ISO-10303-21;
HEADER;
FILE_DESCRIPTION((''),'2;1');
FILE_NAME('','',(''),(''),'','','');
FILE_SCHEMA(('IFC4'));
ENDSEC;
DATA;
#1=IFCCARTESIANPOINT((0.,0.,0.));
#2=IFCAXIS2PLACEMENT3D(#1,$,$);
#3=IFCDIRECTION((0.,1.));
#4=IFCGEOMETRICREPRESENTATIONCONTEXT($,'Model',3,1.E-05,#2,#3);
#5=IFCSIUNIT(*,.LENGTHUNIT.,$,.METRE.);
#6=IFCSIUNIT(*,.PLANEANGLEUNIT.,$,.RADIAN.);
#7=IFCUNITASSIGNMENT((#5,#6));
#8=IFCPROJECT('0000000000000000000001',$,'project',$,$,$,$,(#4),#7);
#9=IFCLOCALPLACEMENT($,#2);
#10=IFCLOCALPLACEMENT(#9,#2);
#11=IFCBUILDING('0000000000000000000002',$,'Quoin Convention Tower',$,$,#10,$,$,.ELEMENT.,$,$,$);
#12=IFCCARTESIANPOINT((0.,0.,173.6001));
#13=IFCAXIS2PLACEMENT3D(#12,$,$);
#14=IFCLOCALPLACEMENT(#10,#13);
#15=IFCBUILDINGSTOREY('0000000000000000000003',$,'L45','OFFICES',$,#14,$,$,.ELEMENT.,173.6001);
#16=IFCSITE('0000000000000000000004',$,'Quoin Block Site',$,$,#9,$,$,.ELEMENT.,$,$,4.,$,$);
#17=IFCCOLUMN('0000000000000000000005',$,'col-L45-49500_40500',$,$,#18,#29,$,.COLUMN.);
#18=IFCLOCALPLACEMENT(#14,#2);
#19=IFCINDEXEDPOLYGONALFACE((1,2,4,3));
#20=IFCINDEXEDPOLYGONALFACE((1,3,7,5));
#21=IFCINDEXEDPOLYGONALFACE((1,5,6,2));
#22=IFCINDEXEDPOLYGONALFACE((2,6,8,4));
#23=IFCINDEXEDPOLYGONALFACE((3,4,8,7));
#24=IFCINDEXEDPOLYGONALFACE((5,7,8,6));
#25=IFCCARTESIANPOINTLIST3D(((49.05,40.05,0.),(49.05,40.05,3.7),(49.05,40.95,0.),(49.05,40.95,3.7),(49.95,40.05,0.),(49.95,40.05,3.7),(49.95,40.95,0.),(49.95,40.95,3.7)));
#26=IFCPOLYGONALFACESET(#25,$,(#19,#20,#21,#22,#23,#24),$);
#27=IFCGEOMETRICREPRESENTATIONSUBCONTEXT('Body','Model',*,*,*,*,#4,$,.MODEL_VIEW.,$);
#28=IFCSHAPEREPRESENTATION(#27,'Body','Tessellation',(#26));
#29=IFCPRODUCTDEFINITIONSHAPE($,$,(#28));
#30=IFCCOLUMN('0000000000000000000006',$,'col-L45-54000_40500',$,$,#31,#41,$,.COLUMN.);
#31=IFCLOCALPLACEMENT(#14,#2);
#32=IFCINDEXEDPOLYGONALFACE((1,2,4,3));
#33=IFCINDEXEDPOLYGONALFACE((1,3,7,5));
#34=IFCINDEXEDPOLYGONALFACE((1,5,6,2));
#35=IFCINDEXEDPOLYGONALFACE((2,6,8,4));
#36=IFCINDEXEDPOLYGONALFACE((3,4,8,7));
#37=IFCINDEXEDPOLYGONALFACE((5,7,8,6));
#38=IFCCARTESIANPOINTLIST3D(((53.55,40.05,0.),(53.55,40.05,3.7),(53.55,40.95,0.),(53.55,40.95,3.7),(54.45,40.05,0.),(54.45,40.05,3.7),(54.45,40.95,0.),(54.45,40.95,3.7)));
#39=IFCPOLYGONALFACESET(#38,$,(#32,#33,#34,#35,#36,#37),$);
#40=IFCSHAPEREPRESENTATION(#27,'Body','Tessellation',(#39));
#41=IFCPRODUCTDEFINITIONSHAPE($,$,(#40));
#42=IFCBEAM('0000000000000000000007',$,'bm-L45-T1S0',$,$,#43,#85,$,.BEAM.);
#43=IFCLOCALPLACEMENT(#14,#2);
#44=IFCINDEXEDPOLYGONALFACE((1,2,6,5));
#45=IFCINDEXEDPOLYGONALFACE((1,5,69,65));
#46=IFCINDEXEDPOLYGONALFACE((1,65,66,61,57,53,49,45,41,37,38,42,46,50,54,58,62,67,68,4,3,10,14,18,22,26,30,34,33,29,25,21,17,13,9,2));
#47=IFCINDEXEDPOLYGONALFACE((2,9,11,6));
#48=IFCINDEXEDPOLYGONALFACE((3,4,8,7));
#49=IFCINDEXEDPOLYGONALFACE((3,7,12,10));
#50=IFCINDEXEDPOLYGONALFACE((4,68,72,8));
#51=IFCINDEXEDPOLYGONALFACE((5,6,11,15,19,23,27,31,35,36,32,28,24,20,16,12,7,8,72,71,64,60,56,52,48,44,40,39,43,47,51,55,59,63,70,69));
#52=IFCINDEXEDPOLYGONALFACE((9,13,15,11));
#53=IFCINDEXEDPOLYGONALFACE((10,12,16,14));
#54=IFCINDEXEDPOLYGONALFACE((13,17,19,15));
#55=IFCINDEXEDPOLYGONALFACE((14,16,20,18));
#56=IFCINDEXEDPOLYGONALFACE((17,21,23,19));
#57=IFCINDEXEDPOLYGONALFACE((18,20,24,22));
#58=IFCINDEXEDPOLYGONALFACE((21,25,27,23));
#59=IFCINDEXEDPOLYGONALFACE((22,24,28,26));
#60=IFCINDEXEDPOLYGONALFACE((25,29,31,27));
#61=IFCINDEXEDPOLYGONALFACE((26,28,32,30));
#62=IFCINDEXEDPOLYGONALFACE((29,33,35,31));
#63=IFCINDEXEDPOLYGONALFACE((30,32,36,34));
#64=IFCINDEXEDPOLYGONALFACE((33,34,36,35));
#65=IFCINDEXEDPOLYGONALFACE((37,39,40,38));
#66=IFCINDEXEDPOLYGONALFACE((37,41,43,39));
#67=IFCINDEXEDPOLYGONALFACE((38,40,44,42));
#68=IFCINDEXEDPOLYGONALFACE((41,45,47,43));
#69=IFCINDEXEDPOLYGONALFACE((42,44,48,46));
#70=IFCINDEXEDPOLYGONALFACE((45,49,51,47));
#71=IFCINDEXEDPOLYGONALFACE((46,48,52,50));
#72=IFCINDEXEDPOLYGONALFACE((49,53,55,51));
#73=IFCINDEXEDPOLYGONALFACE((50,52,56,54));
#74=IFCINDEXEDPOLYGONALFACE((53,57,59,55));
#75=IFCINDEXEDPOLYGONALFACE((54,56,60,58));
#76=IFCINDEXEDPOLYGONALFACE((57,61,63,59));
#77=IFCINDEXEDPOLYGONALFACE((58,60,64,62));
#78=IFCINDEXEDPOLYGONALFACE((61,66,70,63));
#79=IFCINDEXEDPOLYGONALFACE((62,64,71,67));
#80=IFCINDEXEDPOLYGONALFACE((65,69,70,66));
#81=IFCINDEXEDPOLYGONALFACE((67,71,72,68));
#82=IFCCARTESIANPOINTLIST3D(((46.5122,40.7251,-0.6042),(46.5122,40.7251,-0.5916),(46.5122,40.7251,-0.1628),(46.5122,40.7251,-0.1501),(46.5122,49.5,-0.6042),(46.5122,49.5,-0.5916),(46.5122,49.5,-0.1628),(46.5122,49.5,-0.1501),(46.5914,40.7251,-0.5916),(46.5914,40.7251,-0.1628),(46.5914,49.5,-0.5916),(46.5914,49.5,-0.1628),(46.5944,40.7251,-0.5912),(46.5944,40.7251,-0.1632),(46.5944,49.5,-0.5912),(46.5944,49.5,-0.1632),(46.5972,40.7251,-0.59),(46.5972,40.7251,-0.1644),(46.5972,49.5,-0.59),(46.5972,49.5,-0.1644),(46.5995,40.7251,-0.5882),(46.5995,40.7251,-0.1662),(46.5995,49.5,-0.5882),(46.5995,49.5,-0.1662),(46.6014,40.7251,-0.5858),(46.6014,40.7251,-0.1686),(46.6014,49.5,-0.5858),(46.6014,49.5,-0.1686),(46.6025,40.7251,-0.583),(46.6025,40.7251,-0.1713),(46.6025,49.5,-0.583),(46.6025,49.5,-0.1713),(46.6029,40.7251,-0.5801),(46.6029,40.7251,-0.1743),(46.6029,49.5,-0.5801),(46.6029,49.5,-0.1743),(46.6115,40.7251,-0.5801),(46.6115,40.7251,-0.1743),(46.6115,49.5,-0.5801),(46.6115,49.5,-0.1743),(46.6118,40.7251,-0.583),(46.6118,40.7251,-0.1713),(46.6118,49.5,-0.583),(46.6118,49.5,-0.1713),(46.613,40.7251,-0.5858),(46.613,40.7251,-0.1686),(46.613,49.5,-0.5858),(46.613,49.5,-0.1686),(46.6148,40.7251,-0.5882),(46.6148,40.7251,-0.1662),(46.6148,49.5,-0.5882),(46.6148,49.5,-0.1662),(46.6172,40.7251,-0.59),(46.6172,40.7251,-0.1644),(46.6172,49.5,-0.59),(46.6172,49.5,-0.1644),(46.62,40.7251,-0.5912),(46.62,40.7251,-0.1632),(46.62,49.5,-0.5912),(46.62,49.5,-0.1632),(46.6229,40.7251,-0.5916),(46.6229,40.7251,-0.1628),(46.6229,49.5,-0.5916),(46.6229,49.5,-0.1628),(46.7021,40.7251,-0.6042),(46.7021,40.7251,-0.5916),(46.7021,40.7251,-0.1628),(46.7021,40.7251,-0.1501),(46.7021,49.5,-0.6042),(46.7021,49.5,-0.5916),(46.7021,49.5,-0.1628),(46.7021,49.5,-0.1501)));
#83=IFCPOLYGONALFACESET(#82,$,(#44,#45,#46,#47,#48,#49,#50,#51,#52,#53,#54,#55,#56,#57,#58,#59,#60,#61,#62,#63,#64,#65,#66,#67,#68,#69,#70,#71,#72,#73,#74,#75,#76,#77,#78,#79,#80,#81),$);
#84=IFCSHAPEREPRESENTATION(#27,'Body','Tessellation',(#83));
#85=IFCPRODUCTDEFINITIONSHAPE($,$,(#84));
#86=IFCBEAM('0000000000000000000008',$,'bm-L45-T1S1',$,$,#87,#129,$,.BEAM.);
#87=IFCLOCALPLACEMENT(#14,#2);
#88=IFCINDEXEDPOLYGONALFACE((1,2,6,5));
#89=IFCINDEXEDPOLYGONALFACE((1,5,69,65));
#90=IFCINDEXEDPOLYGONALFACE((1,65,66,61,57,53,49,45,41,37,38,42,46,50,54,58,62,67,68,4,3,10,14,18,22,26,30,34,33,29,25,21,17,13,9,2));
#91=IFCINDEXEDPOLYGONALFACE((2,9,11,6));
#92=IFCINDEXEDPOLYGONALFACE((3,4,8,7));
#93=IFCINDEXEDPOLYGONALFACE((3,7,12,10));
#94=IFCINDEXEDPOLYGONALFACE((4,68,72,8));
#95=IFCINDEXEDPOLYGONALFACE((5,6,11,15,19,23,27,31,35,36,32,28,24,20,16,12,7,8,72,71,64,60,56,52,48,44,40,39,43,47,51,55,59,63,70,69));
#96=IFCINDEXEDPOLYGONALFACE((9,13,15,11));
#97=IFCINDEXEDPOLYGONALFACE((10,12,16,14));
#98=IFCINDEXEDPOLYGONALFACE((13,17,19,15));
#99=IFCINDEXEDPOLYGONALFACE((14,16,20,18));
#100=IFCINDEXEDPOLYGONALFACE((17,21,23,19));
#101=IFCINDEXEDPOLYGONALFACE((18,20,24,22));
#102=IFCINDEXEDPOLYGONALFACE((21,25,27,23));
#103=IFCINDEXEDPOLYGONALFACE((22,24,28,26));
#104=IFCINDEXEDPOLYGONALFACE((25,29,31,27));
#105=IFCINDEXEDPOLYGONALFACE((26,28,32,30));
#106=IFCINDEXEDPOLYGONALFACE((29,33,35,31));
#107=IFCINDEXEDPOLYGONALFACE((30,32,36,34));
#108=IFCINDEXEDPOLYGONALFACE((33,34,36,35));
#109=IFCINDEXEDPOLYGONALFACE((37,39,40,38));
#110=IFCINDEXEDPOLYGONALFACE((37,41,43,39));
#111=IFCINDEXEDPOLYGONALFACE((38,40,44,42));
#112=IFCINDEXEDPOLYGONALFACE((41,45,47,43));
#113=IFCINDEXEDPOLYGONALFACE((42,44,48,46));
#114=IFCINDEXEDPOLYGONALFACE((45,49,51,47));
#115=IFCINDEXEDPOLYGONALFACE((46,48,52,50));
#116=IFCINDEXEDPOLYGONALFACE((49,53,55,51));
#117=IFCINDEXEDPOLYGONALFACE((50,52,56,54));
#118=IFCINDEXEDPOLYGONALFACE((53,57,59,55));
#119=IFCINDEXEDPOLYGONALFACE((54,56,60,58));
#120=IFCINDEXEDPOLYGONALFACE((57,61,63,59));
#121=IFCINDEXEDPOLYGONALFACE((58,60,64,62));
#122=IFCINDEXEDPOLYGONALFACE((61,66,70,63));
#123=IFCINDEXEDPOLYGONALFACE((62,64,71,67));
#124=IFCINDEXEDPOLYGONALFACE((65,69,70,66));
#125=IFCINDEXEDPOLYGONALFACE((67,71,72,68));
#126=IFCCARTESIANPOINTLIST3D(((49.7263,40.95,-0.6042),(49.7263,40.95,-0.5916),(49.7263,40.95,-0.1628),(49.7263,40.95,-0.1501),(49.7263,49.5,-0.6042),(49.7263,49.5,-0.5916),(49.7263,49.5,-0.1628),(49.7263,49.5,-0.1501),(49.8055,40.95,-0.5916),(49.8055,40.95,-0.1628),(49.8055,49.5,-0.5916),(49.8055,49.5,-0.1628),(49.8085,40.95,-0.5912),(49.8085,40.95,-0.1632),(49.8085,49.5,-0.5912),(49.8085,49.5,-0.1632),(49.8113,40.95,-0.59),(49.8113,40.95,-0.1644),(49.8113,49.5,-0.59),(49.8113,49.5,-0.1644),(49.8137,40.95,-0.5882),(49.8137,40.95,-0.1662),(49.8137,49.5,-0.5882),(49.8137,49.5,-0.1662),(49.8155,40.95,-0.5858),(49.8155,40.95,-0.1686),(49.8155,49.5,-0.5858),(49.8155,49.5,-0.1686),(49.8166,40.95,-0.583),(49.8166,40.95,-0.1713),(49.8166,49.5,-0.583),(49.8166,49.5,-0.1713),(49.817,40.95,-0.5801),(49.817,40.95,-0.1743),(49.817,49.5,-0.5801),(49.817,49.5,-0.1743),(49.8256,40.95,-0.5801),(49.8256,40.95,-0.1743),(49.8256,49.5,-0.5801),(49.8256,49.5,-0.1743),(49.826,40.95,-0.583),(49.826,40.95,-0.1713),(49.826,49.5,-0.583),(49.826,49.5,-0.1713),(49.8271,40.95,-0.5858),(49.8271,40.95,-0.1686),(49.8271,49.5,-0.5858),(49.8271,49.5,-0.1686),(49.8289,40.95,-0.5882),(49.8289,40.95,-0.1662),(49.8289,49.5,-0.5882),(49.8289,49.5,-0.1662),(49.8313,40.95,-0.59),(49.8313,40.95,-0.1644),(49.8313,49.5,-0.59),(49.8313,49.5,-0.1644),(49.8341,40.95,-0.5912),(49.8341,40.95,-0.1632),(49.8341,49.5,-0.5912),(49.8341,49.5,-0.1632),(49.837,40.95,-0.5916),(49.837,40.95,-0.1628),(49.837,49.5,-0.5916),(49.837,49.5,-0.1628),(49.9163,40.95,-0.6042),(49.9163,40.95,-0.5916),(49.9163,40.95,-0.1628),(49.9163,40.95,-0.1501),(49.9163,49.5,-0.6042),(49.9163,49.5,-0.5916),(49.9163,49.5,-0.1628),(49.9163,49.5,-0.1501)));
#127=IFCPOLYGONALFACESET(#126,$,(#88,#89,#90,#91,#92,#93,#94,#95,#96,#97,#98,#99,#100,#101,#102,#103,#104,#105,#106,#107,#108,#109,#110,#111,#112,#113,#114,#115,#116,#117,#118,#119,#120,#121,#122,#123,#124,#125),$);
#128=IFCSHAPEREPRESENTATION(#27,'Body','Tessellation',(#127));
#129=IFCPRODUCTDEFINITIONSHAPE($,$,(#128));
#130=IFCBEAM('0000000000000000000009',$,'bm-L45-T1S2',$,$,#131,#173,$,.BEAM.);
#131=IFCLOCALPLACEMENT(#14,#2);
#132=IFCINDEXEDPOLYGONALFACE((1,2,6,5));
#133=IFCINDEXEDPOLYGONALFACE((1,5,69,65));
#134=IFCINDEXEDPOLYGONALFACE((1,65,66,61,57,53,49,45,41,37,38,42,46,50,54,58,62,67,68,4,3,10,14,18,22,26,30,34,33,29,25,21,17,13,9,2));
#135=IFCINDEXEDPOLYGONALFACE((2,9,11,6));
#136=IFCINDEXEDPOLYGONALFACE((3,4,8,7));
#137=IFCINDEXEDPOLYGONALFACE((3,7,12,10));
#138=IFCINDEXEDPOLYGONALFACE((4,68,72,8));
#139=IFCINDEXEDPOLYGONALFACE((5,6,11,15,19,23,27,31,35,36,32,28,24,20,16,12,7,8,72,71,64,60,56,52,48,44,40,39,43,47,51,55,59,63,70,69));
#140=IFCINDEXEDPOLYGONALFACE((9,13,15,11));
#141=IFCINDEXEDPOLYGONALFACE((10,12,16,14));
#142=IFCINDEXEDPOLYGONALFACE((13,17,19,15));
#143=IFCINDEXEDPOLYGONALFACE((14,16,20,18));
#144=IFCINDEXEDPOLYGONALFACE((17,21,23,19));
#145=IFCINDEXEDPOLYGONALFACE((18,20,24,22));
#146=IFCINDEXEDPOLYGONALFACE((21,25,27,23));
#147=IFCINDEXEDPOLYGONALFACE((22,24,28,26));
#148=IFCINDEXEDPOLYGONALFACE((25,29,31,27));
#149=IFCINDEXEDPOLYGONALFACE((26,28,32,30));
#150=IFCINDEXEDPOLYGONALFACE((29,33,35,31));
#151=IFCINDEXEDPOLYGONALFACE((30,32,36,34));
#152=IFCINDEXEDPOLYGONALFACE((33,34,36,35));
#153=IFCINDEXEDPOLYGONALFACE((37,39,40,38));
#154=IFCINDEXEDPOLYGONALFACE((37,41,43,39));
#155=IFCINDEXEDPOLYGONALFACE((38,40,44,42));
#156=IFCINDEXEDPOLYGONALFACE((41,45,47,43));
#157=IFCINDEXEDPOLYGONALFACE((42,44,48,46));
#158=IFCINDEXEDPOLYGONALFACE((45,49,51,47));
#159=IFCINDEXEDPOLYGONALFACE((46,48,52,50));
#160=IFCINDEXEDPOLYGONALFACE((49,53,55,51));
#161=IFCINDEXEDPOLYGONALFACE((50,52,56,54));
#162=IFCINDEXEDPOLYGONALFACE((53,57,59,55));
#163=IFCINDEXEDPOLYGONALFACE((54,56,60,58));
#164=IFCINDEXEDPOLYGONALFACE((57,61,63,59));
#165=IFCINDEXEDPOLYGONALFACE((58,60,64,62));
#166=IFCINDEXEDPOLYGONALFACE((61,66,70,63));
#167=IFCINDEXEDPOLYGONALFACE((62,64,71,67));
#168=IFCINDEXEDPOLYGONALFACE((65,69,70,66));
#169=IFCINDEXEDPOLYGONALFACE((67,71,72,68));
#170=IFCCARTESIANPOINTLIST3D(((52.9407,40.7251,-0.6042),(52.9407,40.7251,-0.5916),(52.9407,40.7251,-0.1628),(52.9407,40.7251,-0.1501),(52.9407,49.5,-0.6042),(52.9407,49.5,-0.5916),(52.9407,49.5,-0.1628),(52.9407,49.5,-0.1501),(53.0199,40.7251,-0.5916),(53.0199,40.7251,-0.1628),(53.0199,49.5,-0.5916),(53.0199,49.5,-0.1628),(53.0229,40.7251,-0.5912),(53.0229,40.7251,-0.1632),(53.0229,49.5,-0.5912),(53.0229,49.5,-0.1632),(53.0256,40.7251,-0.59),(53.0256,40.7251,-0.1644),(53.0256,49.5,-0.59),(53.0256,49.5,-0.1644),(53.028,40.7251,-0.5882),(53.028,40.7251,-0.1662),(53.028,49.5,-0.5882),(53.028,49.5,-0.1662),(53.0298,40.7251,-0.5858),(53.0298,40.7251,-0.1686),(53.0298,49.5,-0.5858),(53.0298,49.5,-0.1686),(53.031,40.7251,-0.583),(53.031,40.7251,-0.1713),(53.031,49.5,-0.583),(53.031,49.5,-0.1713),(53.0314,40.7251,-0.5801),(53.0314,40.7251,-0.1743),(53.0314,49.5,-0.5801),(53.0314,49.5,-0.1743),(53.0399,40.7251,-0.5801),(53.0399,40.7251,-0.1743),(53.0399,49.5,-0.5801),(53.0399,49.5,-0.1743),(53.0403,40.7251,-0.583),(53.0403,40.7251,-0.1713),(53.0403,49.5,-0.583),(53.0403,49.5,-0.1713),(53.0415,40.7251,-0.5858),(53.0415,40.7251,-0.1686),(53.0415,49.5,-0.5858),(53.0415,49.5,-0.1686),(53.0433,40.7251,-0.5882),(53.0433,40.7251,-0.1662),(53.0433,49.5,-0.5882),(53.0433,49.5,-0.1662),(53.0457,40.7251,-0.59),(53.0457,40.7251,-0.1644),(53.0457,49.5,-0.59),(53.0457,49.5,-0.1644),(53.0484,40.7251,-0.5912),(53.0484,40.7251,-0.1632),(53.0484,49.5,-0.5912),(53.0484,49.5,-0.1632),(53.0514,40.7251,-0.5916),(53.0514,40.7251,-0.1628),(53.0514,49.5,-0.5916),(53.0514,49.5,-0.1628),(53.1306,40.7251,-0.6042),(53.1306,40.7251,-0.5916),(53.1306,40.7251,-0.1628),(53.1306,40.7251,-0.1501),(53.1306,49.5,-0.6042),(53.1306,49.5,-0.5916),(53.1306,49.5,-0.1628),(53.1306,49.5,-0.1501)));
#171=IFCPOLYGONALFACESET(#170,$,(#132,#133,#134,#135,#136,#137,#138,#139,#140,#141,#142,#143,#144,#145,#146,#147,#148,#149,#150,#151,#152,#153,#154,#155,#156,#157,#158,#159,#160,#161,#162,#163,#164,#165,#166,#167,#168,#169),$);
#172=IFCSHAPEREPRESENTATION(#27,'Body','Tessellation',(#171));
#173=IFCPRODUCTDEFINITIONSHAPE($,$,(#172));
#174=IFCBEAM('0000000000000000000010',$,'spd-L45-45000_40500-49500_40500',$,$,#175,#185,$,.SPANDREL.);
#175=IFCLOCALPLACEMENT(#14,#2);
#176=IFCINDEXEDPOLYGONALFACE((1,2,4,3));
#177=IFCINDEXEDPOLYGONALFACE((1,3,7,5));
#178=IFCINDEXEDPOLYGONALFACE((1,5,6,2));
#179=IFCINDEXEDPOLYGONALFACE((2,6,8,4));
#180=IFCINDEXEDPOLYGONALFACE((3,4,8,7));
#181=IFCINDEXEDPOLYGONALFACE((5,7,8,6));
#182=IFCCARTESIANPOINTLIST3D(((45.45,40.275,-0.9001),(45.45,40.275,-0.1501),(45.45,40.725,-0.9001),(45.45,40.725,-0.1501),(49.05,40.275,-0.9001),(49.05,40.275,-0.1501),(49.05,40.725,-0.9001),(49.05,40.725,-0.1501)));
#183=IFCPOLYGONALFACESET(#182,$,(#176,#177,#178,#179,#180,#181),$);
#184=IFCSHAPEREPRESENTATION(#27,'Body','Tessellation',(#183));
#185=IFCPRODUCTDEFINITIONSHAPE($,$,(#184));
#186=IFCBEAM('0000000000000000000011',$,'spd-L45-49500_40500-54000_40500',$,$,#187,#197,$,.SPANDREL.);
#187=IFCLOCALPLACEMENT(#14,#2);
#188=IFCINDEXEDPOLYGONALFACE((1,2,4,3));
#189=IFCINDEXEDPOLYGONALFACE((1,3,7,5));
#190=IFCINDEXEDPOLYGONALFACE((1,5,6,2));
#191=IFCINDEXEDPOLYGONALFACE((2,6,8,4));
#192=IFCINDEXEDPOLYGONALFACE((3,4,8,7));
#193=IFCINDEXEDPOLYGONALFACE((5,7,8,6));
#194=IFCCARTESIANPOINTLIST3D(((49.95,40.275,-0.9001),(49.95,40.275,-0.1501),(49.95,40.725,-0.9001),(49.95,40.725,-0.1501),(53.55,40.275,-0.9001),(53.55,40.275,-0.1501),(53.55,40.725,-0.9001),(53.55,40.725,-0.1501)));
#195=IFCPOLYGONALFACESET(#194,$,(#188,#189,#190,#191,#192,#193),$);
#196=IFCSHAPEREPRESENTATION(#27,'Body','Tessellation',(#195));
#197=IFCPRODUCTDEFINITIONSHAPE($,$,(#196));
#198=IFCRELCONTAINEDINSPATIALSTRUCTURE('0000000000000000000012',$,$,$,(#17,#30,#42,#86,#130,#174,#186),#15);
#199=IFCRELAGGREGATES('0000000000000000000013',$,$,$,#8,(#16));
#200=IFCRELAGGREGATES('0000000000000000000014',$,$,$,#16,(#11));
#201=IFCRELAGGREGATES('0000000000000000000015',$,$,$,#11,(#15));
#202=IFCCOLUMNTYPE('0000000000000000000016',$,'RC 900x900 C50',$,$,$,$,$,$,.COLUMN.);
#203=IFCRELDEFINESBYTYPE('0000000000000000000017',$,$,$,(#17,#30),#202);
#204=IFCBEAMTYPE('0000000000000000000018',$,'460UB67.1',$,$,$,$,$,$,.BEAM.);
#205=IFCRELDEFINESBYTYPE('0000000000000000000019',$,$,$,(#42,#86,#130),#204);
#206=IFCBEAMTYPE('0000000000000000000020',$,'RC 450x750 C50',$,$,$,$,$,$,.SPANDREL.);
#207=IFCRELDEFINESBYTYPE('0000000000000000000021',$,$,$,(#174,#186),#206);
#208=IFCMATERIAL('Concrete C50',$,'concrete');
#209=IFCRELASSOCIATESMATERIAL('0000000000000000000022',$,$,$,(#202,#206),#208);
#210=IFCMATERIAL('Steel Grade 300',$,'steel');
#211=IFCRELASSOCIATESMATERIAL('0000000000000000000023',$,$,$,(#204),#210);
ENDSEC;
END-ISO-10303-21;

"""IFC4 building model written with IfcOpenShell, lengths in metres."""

from ifc_helpers import new_model, si_unit, direction, frame, origin, origin_2d, place, context, subcontext, project, spatial, rectangle, i_section, extrude, material, material_profile, profile_set, type_object, element, save


model = new_model("IFC4")

# Units and contexts
model_context = context("Model", 3, precision=1e-05, world=origin(), true_north=direction((0.0, 1.0)))
body_context = subcontext(model_context, "Body", "Model", "MODEL_VIEW")
ifc_project = project(units=[si_unit("LENGTHUNIT", "METRE"), si_unit("PLANEANGLEUNIT", "RADIAN")], contexts=[model_context])

# Site, building, storey
site_placement = place(None, origin())
site = spatial("IfcSite", under=ifc_project, at=site_placement, Name="Quoin Block Site", CompositionType="ELEMENT", RefElevation=4.0)
building_placement = place(site_placement, origin())
building = spatial("IfcBuilding", under=site, at=building_placement, Name="Quoin Convention Tower", CompositionType="ELEMENT")
storey_placement = place(building_placement, frame((0.0, 0.0, 173.6001)))
storey = spatial("IfcBuildingStorey", under=building, at=storey_placement, Name="L45", Description="OFFICES", CompositionType="ELEMENT", Elevation=173.6001)

# Columns
ifc_material_1 = material(Name="Concrete C50", Category="concrete")
ifc_material_profile_1 = material_profile(ifc_material_1, rectangle(XDim=0.8999, YDim=0.8999, at=origin_2d()), Name="RC 900x900")
ifc_profile_set_1 = profile_set([ifc_material_profile_1], Name="Concrete C50")
column_type = type_object("IfcColumnType", Name="RC 900x900 C50", PredefinedType="COLUMN", material=ifc_profile_set_1)
for number, where, z_axis, x_axis, name in (
    (1, (49.5, 40.5, 0.0), (0.0, 0.0, 1.0), (1.0, 0.0, 0.0), "col-L45-49500_40500"),
    (2, (54.0, 40.5, 0.0), (0.0, 0.0, 1.0), (1.0, 0.0, 0.0), "col-L45-54000_40500"),
):
    element("IfcColumn", number, at=place(storey_placement, frame(where, z_axis=z_axis, x_axis=x_axis)), inside=storey, type_object=column_type, Name=name, PredefinedType="COLUMN", context=body_context, shape_type="SweptSolid", body=[
        extrude(rectangle(XDim=0.8999, YDim=0.8999, at=origin_2d()), origin(), (0.0, 0.0, 1.0), 3.7),
    ])

# Beams
ifc_material_2 = material(Name="Steel Grade 300", Category="steel")
ifc_material_profile_2 = material_profile(ifc_material_2, i_section(OverallWidth=0.1899, OverallDepth=0.4541, WebThickness=0.0085, FlangeThickness=0.0127, FilletRadius=0.0115, at=origin_2d()), Name="460UB67.1")
ifc_profile_set_2 = profile_set([ifc_material_profile_2], Name="Steel Grade 300")
beam_type_1 = type_object("IfcBeamType", Name="460UB67.1", PredefinedType="BEAM", material=ifc_profile_set_2)
beam_1_placement = place(storey_placement, frame((46.6072, 40.7251, -0.3772), z_axis=(0.0, 1.0, 0.0), x_axis=(-1.0, 0.0, 0.0)))
element("IfcBeam", 3, at=beam_1_placement, inside=storey, type_object=beam_type_1, Name="bm-L45-T1S0", PredefinedType="BEAM", context=body_context, shape_type="SweptSolid", body=[
    extrude(i_section(OverallWidth=0.1899, OverallDepth=0.4541, WebThickness=0.0085, FlangeThickness=0.0127, FilletRadius=0.0115, at=origin_2d()), origin(), (0.0, 0.0, 1.0), 8.7749),
])
beam_2_placement = place(storey_placement, frame((49.8213, 40.95, -0.3772), z_axis=(0.0, 1.0, 0.0), x_axis=(-1.0, 0.0, 0.0)))
element("IfcBeam", 4, at=beam_2_placement, inside=storey, type_object=beam_type_1, Name="bm-L45-T1S1", PredefinedType="BEAM", context=body_context, shape_type="SweptSolid", body=[
    extrude(i_section(OverallWidth=0.1899, OverallDepth=0.4541, WebThickness=0.0085, FlangeThickness=0.0127, FilletRadius=0.0115, at=origin_2d()), origin(), (0.0, 0.0, 1.0), 8.55),
])
beam_3_placement = place(storey_placement, frame((53.0356, 40.7251, -0.3772), z_axis=(0.0, 1.0, 0.0), x_axis=(-1.0, 0.0, 0.0)))
element("IfcBeam", 5, at=beam_3_placement, inside=storey, type_object=beam_type_1, Name="bm-L45-T1S2", PredefinedType="BEAM", context=body_context, shape_type="SweptSolid", body=[
    extrude(i_section(OverallWidth=0.1899, OverallDepth=0.4541, WebThickness=0.0085, FlangeThickness=0.0127, FilletRadius=0.0115, at=origin_2d()), origin(), (0.0, 0.0, 1.0), 8.7749),
])
ifc_material_profile_3 = material_profile(ifc_material_1, rectangle(XDim=0.45, YDim=0.75, at=origin_2d()), Name="RC 450x750")
ifc_profile_set_3 = profile_set([ifc_material_profile_3], Name="Concrete C50")
beam_type_2 = type_object("IfcBeamType", Name="RC 450x750 C50", PredefinedType="SPANDREL", material=ifc_profile_set_3)
for number, where, z_axis, x_axis, name in (
    (6, (45.45, 40.5, -0.5251), (1.0, 0.0, 0.0), (0.0, 1.0, 0.0), "spd-L45-45000_40500-49500_40500"),
    (7, (49.95, 40.5, -0.5251), (1.0, 0.0, 0.0), (0.0, 1.0, 0.0), "spd-L45-49500_40500-54000_40500"),
):
    element("IfcBeam", number, at=place(storey_placement, frame(where, z_axis=z_axis, x_axis=x_axis)), inside=storey, type_object=beam_type_2, Name=name, PredefinedType="SPANDREL", context=body_context, shape_type="SweptSolid", body=[
        extrude(rectangle(XDim=0.45, YDim=0.75, at=origin_2d()), origin(), (0.0, 0.0, 1.0), 3.6001),
    ])

save(model, "model.ifc")
